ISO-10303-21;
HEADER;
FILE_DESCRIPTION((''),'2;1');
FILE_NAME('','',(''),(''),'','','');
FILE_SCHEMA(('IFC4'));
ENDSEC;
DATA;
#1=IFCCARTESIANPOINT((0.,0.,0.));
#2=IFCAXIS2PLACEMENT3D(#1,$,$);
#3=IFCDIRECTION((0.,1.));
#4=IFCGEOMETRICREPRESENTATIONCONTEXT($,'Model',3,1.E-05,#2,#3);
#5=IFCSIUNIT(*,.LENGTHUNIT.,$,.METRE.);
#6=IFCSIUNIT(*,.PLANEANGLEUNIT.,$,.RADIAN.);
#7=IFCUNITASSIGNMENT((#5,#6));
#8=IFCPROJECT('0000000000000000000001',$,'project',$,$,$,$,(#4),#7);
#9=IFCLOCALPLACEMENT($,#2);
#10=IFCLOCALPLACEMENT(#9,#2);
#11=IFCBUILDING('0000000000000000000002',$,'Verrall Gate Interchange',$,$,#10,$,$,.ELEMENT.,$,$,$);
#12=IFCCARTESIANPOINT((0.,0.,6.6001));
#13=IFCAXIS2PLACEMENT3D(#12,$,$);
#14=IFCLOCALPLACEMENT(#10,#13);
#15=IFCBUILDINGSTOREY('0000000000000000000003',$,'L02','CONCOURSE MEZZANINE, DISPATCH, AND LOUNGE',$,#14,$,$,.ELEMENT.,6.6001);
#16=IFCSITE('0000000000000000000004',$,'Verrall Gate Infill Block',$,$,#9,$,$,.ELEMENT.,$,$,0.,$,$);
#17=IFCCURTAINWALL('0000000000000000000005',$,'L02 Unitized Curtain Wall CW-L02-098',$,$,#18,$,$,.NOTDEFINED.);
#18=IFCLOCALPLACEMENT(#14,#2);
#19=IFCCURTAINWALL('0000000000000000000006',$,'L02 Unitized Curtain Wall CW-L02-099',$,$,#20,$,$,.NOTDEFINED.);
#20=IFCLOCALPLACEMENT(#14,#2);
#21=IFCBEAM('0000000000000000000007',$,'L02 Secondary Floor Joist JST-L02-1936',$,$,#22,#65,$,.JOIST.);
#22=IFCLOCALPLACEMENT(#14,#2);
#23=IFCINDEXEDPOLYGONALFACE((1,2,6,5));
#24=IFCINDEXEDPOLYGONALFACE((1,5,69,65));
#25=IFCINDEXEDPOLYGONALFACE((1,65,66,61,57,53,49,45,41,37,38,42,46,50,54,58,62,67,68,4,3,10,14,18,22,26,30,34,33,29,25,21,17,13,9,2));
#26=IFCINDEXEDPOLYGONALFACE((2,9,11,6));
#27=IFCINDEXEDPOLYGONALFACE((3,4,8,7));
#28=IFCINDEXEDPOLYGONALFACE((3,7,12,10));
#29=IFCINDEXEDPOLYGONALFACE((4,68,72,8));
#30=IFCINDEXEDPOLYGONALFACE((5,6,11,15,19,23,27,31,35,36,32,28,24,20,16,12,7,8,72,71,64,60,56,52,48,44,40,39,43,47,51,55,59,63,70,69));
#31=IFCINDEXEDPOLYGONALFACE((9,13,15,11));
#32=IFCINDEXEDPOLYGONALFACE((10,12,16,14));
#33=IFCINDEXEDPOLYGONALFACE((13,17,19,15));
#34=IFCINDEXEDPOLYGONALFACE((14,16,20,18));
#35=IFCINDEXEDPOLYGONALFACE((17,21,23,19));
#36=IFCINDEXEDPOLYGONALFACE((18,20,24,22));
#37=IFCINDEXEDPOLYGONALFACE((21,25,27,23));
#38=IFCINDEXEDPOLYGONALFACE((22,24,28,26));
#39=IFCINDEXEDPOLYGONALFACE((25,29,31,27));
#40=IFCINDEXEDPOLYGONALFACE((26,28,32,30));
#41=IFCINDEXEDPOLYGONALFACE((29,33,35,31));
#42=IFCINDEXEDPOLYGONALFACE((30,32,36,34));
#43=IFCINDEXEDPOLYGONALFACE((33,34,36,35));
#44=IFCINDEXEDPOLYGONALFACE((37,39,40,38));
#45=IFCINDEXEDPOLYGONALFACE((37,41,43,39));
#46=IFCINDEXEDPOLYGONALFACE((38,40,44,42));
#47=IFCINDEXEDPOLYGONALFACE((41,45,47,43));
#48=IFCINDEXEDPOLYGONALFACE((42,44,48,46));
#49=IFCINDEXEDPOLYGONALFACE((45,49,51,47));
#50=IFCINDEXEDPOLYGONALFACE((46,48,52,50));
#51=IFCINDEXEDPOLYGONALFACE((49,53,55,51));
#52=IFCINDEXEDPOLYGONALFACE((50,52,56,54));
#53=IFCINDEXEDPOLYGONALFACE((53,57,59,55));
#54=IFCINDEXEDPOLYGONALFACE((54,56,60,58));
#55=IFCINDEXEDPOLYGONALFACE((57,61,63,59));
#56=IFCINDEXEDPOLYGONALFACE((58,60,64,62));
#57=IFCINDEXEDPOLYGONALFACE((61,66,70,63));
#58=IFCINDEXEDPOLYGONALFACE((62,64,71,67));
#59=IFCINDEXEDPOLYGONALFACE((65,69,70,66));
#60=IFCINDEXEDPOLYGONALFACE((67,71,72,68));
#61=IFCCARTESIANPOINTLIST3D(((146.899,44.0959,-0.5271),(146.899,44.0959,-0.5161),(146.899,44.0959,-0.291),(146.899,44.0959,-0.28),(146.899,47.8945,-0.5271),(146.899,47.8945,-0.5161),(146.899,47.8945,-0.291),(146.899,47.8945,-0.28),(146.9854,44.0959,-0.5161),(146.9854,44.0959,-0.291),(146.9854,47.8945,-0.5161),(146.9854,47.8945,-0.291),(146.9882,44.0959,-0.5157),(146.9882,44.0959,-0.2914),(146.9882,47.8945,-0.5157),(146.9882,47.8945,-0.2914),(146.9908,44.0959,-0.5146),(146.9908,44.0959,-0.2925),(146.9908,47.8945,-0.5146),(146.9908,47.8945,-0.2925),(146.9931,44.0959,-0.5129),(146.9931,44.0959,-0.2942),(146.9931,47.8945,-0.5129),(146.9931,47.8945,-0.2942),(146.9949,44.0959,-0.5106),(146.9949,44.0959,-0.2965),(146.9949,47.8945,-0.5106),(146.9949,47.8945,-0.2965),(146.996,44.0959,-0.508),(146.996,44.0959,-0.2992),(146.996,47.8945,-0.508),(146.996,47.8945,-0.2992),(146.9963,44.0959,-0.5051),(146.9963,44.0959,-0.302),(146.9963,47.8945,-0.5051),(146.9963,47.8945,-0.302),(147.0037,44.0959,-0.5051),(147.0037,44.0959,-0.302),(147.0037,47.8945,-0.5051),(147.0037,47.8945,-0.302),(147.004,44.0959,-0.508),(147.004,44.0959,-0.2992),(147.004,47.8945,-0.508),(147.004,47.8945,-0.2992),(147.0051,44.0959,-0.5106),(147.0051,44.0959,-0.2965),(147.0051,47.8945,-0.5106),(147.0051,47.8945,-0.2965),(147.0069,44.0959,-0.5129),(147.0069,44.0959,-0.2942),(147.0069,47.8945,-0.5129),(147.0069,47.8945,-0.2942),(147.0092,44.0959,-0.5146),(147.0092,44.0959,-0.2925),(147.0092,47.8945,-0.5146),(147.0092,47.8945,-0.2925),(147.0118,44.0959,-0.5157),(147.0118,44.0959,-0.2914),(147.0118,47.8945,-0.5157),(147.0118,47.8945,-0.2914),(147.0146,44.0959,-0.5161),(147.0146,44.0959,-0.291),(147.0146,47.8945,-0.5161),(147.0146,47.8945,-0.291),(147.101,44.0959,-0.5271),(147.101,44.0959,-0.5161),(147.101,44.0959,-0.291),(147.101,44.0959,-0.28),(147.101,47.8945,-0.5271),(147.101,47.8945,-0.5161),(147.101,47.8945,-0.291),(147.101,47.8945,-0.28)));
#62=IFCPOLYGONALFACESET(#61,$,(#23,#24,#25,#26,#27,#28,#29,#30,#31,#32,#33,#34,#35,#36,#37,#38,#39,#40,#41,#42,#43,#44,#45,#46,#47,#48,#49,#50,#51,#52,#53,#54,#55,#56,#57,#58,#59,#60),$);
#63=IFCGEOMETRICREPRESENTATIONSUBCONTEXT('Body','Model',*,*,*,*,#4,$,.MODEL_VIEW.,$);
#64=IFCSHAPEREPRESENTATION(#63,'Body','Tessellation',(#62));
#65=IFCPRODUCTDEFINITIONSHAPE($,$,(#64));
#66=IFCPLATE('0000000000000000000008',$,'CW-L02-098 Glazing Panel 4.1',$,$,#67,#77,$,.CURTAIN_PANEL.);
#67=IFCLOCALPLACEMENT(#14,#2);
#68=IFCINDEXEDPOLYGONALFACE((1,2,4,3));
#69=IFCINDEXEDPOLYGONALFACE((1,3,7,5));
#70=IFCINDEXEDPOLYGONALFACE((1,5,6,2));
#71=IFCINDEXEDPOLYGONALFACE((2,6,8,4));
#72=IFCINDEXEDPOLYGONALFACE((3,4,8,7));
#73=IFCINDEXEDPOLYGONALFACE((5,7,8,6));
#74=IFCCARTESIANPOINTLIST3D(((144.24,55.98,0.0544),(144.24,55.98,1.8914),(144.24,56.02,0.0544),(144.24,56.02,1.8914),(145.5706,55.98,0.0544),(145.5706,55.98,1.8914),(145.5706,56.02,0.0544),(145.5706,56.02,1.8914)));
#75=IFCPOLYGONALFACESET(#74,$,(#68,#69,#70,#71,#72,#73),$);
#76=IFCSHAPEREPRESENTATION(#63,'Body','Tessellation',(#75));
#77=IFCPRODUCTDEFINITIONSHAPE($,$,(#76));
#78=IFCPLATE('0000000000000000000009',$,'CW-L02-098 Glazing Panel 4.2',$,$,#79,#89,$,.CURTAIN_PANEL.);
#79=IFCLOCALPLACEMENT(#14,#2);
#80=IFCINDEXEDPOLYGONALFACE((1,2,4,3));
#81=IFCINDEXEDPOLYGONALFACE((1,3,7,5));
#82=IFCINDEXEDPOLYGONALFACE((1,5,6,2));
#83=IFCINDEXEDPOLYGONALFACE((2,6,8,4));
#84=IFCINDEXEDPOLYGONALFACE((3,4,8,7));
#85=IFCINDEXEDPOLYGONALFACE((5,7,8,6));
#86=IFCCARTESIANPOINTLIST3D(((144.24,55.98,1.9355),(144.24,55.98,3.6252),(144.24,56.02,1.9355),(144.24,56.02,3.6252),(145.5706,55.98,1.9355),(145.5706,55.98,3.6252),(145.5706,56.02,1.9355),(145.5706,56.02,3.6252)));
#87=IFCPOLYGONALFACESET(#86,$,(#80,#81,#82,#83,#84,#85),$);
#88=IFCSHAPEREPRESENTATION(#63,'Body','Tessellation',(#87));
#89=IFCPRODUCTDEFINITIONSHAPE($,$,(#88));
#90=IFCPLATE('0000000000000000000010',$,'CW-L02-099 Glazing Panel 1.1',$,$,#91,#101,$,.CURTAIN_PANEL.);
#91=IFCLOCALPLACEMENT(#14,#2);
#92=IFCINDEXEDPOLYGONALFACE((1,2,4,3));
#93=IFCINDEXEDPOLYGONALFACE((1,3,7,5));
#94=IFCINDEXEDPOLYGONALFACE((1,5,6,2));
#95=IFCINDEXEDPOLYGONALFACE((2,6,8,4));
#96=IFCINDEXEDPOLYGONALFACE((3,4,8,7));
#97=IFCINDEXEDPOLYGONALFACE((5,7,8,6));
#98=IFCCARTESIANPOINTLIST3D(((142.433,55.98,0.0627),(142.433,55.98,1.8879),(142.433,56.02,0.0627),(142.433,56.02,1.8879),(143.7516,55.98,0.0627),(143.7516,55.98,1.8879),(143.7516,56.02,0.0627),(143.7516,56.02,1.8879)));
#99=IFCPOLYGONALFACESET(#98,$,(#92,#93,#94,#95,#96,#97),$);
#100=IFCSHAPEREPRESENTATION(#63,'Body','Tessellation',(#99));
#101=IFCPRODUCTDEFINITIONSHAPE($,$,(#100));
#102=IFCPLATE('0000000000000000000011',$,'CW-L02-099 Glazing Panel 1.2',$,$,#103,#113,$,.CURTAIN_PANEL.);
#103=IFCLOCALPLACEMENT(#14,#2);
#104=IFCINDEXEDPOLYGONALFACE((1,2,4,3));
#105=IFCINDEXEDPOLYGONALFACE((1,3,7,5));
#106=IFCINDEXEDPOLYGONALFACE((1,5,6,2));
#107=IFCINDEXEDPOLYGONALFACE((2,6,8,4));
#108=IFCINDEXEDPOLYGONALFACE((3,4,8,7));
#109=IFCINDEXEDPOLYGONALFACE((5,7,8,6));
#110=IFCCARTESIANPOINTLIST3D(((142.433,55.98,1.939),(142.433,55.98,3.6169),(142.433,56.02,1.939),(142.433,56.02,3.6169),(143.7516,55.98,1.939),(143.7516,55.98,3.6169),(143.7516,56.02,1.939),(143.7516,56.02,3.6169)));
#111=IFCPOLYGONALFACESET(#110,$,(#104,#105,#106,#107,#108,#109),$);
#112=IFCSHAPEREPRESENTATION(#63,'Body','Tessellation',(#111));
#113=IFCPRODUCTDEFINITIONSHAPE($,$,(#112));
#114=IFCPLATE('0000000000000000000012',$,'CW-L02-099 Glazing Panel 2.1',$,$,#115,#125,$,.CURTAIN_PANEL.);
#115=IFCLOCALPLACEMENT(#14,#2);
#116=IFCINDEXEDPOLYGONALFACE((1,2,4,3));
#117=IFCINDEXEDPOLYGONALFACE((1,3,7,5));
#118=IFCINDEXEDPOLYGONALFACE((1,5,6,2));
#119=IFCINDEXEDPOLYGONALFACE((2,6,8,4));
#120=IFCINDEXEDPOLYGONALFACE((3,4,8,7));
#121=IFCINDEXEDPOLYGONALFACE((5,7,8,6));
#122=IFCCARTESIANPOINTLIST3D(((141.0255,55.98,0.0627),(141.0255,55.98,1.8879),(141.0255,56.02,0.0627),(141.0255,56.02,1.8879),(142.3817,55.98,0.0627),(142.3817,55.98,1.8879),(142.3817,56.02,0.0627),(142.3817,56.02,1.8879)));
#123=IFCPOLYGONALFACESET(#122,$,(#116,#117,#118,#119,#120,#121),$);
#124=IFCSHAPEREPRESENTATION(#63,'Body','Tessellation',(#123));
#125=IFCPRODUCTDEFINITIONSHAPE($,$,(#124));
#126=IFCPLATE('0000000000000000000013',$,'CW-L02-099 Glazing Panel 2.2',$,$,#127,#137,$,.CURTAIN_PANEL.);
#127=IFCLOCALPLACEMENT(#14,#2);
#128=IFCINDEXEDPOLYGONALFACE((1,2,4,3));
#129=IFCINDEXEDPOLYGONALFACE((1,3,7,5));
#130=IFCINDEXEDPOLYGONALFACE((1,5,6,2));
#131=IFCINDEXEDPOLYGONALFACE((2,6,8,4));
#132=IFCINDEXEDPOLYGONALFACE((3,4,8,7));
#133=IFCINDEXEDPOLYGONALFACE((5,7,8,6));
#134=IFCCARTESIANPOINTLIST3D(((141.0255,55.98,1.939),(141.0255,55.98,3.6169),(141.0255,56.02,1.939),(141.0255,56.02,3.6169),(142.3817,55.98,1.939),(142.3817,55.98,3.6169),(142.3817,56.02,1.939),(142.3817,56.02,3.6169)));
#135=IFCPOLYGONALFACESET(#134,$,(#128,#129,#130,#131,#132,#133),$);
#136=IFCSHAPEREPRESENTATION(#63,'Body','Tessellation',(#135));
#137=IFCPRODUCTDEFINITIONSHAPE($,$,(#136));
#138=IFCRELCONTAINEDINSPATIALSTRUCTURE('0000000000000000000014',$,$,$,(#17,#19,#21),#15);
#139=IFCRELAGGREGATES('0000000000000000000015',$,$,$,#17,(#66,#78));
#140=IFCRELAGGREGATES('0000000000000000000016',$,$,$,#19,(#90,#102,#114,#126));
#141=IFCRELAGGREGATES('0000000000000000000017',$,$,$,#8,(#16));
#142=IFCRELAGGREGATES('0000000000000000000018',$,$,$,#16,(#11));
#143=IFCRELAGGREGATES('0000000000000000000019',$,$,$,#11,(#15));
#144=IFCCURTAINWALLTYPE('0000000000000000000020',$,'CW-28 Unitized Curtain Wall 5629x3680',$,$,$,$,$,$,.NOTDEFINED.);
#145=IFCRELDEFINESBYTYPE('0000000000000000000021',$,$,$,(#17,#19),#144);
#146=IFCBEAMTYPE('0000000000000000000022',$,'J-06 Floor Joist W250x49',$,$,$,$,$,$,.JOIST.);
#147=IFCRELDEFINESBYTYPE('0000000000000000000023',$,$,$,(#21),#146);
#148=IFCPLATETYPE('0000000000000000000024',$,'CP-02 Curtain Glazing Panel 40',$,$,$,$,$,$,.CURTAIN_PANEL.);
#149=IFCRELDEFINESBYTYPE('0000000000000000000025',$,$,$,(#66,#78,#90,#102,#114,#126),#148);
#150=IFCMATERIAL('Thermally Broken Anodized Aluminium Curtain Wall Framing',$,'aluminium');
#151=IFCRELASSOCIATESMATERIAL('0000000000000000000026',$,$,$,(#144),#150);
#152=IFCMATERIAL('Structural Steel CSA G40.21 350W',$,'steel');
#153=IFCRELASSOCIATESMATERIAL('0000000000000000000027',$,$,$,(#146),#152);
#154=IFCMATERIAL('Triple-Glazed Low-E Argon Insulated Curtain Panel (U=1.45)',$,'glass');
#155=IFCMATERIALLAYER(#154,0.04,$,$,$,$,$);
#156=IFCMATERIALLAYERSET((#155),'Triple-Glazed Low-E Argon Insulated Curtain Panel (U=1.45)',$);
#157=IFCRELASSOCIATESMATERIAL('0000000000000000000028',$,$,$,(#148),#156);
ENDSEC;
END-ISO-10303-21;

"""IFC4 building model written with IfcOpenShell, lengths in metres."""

from ifc_helpers import new_model, si_unit, direction, frame, origin, origin_2d, place, context, subcontext, project, spatial, rectangle, i_section, extrude, material, layer, layer_set, material_profile, profile_set, type_object, element, aggregate, save


model = new_model("IFC4")

# Units and contexts
model_context = context("Model", 3, precision=1e-05, world=origin(), true_north=direction((0.0, 1.0)))
body_context = subcontext(model_context, "Body", "Model", "MODEL_VIEW")
ifc_project = project(units=[si_unit("LENGTHUNIT", "METRE"), si_unit("PLANEANGLEUNIT", "RADIAN")], contexts=[model_context])

# Site, building, storey
site_placement = place(None, origin())
site = spatial("IfcSite", under=ifc_project, at=site_placement, Name="Verrall Gate Infill Block", CompositionType="ELEMENT", RefElevation=0.0)
building_placement = place(site_placement, origin())
building = spatial("IfcBuilding", under=site, at=building_placement, Name="Verrall Gate Interchange", CompositionType="ELEMENT")
storey_placement = place(building_placement, frame((0.0, 0.0, 6.6001)))
storey = spatial("IfcBuildingStorey", under=building, at=storey_placement, Name="L02", Description="CONCOURSE MEZZANINE, DISPATCH, AND LOUNGE", CompositionType="ELEMENT", Elevation=6.6001)

# Curtain wall
ifc_material_1 = material(Name="Thermally Broken Anodized Aluminium Curtain Wall Framing", Category="aluminium")
curtain_wall_type = type_object("IfcCurtainWallType", Name="CW-28 Unitized Curtain Wall 5629x3680", PredefinedType="NOTDEFINED", material=ifc_material_1)
curtain_wall_1_placement = place(storey_placement, origin())
curtain_wall_1 = element("IfcCurtainWall", 1, at=curtain_wall_1_placement, inside=storey, type_object=curtain_wall_type, Name="L02 Unitized Curtain Wall CW-L02-098", PredefinedType="NOTDEFINED")

# Curtain wall
curtain_wall_2_placement = place(storey_placement, origin())
curtain_wall_2 = element("IfcCurtainWall", 2, at=curtain_wall_2_placement, inside=storey, type_object=curtain_wall_type, Name="L02 Unitized Curtain Wall CW-L02-099", PredefinedType="NOTDEFINED")

# Beam
ifc_material_2 = material(Name="Structural Steel CSA G40.21 350W", Category="steel")
ifc_material_profile_1 = material_profile(ifc_material_2, i_section(OverallWidth=0.2019, OverallDepth=0.2471, WebThickness=0.0073, FlangeThickness=0.011, FilletRadius=0.011, at=origin_2d()), Name="W250x49")
ifc_profile_set_1 = profile_set([ifc_material_profile_1], Name="Structural Steel CSA G40.21 350W")
beam_type_1 = type_object("IfcBeamType", Name="J-06 Floor Joist W250x49", PredefinedType="JOIST", material=ifc_profile_set_1)
beam_1_placement = place(storey_placement, frame((147.0, 44.0959, -0.4036), z_axis=(0.0, 1.0, 0.0), x_axis=(-1.0, 0.0, 0.0)))
element("IfcBeam", 3, at=beam_1_placement, inside=storey, type_object=beam_type_1, Name="L02 Secondary Floor Joist JST-L02-1936", PredefinedType="JOIST", context=body_context, shape_type="SweptSolid", body=[
    extrude(i_section(OverallWidth=0.2019, OverallDepth=0.2471, WebThickness=0.0073, FlangeThickness=0.011, FilletRadius=0.011, at=origin_2d()), origin(), (0.0, 0.0, 1.0), 3.7986),
])

# Plates
ifc_material_3 = material(Name="Triple-Glazed Low-E Argon Insulated Curtain Panel (U=1.45)", Category="glass")
ifc_layer = layer(ifc_material_3, 0.04)
ifc_layer_set = layer_set([ifc_layer], Name="Triple-Glazed Low-E Argon Insulated Curtain Panel (U=1.45)")
plate_type = type_object("IfcPlateType", Name="CP-02 Curtain Glazing Panel 40", PredefinedType="CURTAIN_PANEL", material=ifc_layer_set)
plate_1_placement = place(storey_placement, frame((144.9053, 56.0, 0.0544), z_axis=(0.0, 0.0, 1.0), x_axis=(-1.0, 0.0, 0.0)))
plate_1 = element("IfcPlate", 4, at=plate_1_placement, type_object=plate_type, Name="CW-L02-098 Glazing Panel 4.1", PredefinedType="CURTAIN_PANEL", context=body_context, shape_type="SweptSolid", body=[
    extrude(rectangle(XDim=1.3306, YDim=0.04, at=origin_2d()), origin(), (0.0, 0.0, 1.0), 1.8369),
])
plate_2_placement = place(storey_placement, frame((144.9053, 56.0, 1.9355), z_axis=(0.0, 0.0, 1.0), x_axis=(-1.0, 0.0, 0.0)))
plate_2 = element("IfcPlate", 5, at=plate_2_placement, type_object=plate_type, Name="CW-L02-098 Glazing Panel 4.2", PredefinedType="CURTAIN_PANEL", context=body_context, shape_type="SweptSolid", body=[
    extrude(rectangle(XDim=1.3306, YDim=0.04, at=origin_2d()), origin(), (0.0, 0.0, 1.0), 1.6897),
])
aggregate(curtain_wall_1, [plate_1, plate_2])
plate_3_placement = place(storey_placement, frame((143.0923, 56.0, 0.0627), z_axis=(0.0, 0.0, 1.0), x_axis=(-1.0, 0.0, 0.0)))
plate_3 = element("IfcPlate", 6, at=plate_3_placement, type_object=plate_type, Name="CW-L02-099 Glazing Panel 1.1", PredefinedType="CURTAIN_PANEL", context=body_context, shape_type="SweptSolid", body=[
    extrude(rectangle(XDim=1.3186, YDim=0.04, at=origin_2d()), origin(), (0.0, 0.0, 1.0), 1.8252),
])
plate_4_placement = place(storey_placement, frame((143.0923, 56.0, 1.939), z_axis=(0.0, 0.0, 1.0), x_axis=(-1.0, 0.0, 0.0)))
plate_4 = element("IfcPlate", 7, at=plate_4_placement, type_object=plate_type, Name="CW-L02-099 Glazing Panel 1.2", PredefinedType="CURTAIN_PANEL", context=body_context, shape_type="SweptSolid", body=[
    extrude(rectangle(XDim=1.3186, YDim=0.04, at=origin_2d()), origin(), (0.0, 0.0, 1.0), 1.678),
])
plate_5_placement = place(storey_placement, frame((141.7036, 56.0, 0.0627), z_axis=(0.0, 0.0, 1.0), x_axis=(-1.0, 0.0, 0.0)))
plate_5 = element("IfcPlate", 8, at=plate_5_placement, type_object=plate_type, Name="CW-L02-099 Glazing Panel 2.1", PredefinedType="CURTAIN_PANEL", context=body_context, shape_type="SweptSolid", body=[
    extrude(rectangle(XDim=1.3562, YDim=0.04, at=origin_2d()), origin(), (0.0, 0.0, 1.0), 1.8252),
])
plate_6_placement = place(storey_placement, frame((141.7036, 56.0, 1.939), z_axis=(0.0, 0.0, 1.0), x_axis=(-1.0, 0.0, 0.0)))
plate_6 = element("IfcPlate", 9, at=plate_6_placement, type_object=plate_type, Name="CW-L02-099 Glazing Panel 2.2", PredefinedType="CURTAIN_PANEL", context=body_context, shape_type="SweptSolid", body=[
    extrude(rectangle(XDim=1.3562, YDim=0.04, at=origin_2d()), origin(), (0.0, 0.0, 1.0), 1.678),
])
aggregate(curtain_wall_2, [plate_3, plate_4, plate_5, plate_6])

save(model, "model.ifc")
